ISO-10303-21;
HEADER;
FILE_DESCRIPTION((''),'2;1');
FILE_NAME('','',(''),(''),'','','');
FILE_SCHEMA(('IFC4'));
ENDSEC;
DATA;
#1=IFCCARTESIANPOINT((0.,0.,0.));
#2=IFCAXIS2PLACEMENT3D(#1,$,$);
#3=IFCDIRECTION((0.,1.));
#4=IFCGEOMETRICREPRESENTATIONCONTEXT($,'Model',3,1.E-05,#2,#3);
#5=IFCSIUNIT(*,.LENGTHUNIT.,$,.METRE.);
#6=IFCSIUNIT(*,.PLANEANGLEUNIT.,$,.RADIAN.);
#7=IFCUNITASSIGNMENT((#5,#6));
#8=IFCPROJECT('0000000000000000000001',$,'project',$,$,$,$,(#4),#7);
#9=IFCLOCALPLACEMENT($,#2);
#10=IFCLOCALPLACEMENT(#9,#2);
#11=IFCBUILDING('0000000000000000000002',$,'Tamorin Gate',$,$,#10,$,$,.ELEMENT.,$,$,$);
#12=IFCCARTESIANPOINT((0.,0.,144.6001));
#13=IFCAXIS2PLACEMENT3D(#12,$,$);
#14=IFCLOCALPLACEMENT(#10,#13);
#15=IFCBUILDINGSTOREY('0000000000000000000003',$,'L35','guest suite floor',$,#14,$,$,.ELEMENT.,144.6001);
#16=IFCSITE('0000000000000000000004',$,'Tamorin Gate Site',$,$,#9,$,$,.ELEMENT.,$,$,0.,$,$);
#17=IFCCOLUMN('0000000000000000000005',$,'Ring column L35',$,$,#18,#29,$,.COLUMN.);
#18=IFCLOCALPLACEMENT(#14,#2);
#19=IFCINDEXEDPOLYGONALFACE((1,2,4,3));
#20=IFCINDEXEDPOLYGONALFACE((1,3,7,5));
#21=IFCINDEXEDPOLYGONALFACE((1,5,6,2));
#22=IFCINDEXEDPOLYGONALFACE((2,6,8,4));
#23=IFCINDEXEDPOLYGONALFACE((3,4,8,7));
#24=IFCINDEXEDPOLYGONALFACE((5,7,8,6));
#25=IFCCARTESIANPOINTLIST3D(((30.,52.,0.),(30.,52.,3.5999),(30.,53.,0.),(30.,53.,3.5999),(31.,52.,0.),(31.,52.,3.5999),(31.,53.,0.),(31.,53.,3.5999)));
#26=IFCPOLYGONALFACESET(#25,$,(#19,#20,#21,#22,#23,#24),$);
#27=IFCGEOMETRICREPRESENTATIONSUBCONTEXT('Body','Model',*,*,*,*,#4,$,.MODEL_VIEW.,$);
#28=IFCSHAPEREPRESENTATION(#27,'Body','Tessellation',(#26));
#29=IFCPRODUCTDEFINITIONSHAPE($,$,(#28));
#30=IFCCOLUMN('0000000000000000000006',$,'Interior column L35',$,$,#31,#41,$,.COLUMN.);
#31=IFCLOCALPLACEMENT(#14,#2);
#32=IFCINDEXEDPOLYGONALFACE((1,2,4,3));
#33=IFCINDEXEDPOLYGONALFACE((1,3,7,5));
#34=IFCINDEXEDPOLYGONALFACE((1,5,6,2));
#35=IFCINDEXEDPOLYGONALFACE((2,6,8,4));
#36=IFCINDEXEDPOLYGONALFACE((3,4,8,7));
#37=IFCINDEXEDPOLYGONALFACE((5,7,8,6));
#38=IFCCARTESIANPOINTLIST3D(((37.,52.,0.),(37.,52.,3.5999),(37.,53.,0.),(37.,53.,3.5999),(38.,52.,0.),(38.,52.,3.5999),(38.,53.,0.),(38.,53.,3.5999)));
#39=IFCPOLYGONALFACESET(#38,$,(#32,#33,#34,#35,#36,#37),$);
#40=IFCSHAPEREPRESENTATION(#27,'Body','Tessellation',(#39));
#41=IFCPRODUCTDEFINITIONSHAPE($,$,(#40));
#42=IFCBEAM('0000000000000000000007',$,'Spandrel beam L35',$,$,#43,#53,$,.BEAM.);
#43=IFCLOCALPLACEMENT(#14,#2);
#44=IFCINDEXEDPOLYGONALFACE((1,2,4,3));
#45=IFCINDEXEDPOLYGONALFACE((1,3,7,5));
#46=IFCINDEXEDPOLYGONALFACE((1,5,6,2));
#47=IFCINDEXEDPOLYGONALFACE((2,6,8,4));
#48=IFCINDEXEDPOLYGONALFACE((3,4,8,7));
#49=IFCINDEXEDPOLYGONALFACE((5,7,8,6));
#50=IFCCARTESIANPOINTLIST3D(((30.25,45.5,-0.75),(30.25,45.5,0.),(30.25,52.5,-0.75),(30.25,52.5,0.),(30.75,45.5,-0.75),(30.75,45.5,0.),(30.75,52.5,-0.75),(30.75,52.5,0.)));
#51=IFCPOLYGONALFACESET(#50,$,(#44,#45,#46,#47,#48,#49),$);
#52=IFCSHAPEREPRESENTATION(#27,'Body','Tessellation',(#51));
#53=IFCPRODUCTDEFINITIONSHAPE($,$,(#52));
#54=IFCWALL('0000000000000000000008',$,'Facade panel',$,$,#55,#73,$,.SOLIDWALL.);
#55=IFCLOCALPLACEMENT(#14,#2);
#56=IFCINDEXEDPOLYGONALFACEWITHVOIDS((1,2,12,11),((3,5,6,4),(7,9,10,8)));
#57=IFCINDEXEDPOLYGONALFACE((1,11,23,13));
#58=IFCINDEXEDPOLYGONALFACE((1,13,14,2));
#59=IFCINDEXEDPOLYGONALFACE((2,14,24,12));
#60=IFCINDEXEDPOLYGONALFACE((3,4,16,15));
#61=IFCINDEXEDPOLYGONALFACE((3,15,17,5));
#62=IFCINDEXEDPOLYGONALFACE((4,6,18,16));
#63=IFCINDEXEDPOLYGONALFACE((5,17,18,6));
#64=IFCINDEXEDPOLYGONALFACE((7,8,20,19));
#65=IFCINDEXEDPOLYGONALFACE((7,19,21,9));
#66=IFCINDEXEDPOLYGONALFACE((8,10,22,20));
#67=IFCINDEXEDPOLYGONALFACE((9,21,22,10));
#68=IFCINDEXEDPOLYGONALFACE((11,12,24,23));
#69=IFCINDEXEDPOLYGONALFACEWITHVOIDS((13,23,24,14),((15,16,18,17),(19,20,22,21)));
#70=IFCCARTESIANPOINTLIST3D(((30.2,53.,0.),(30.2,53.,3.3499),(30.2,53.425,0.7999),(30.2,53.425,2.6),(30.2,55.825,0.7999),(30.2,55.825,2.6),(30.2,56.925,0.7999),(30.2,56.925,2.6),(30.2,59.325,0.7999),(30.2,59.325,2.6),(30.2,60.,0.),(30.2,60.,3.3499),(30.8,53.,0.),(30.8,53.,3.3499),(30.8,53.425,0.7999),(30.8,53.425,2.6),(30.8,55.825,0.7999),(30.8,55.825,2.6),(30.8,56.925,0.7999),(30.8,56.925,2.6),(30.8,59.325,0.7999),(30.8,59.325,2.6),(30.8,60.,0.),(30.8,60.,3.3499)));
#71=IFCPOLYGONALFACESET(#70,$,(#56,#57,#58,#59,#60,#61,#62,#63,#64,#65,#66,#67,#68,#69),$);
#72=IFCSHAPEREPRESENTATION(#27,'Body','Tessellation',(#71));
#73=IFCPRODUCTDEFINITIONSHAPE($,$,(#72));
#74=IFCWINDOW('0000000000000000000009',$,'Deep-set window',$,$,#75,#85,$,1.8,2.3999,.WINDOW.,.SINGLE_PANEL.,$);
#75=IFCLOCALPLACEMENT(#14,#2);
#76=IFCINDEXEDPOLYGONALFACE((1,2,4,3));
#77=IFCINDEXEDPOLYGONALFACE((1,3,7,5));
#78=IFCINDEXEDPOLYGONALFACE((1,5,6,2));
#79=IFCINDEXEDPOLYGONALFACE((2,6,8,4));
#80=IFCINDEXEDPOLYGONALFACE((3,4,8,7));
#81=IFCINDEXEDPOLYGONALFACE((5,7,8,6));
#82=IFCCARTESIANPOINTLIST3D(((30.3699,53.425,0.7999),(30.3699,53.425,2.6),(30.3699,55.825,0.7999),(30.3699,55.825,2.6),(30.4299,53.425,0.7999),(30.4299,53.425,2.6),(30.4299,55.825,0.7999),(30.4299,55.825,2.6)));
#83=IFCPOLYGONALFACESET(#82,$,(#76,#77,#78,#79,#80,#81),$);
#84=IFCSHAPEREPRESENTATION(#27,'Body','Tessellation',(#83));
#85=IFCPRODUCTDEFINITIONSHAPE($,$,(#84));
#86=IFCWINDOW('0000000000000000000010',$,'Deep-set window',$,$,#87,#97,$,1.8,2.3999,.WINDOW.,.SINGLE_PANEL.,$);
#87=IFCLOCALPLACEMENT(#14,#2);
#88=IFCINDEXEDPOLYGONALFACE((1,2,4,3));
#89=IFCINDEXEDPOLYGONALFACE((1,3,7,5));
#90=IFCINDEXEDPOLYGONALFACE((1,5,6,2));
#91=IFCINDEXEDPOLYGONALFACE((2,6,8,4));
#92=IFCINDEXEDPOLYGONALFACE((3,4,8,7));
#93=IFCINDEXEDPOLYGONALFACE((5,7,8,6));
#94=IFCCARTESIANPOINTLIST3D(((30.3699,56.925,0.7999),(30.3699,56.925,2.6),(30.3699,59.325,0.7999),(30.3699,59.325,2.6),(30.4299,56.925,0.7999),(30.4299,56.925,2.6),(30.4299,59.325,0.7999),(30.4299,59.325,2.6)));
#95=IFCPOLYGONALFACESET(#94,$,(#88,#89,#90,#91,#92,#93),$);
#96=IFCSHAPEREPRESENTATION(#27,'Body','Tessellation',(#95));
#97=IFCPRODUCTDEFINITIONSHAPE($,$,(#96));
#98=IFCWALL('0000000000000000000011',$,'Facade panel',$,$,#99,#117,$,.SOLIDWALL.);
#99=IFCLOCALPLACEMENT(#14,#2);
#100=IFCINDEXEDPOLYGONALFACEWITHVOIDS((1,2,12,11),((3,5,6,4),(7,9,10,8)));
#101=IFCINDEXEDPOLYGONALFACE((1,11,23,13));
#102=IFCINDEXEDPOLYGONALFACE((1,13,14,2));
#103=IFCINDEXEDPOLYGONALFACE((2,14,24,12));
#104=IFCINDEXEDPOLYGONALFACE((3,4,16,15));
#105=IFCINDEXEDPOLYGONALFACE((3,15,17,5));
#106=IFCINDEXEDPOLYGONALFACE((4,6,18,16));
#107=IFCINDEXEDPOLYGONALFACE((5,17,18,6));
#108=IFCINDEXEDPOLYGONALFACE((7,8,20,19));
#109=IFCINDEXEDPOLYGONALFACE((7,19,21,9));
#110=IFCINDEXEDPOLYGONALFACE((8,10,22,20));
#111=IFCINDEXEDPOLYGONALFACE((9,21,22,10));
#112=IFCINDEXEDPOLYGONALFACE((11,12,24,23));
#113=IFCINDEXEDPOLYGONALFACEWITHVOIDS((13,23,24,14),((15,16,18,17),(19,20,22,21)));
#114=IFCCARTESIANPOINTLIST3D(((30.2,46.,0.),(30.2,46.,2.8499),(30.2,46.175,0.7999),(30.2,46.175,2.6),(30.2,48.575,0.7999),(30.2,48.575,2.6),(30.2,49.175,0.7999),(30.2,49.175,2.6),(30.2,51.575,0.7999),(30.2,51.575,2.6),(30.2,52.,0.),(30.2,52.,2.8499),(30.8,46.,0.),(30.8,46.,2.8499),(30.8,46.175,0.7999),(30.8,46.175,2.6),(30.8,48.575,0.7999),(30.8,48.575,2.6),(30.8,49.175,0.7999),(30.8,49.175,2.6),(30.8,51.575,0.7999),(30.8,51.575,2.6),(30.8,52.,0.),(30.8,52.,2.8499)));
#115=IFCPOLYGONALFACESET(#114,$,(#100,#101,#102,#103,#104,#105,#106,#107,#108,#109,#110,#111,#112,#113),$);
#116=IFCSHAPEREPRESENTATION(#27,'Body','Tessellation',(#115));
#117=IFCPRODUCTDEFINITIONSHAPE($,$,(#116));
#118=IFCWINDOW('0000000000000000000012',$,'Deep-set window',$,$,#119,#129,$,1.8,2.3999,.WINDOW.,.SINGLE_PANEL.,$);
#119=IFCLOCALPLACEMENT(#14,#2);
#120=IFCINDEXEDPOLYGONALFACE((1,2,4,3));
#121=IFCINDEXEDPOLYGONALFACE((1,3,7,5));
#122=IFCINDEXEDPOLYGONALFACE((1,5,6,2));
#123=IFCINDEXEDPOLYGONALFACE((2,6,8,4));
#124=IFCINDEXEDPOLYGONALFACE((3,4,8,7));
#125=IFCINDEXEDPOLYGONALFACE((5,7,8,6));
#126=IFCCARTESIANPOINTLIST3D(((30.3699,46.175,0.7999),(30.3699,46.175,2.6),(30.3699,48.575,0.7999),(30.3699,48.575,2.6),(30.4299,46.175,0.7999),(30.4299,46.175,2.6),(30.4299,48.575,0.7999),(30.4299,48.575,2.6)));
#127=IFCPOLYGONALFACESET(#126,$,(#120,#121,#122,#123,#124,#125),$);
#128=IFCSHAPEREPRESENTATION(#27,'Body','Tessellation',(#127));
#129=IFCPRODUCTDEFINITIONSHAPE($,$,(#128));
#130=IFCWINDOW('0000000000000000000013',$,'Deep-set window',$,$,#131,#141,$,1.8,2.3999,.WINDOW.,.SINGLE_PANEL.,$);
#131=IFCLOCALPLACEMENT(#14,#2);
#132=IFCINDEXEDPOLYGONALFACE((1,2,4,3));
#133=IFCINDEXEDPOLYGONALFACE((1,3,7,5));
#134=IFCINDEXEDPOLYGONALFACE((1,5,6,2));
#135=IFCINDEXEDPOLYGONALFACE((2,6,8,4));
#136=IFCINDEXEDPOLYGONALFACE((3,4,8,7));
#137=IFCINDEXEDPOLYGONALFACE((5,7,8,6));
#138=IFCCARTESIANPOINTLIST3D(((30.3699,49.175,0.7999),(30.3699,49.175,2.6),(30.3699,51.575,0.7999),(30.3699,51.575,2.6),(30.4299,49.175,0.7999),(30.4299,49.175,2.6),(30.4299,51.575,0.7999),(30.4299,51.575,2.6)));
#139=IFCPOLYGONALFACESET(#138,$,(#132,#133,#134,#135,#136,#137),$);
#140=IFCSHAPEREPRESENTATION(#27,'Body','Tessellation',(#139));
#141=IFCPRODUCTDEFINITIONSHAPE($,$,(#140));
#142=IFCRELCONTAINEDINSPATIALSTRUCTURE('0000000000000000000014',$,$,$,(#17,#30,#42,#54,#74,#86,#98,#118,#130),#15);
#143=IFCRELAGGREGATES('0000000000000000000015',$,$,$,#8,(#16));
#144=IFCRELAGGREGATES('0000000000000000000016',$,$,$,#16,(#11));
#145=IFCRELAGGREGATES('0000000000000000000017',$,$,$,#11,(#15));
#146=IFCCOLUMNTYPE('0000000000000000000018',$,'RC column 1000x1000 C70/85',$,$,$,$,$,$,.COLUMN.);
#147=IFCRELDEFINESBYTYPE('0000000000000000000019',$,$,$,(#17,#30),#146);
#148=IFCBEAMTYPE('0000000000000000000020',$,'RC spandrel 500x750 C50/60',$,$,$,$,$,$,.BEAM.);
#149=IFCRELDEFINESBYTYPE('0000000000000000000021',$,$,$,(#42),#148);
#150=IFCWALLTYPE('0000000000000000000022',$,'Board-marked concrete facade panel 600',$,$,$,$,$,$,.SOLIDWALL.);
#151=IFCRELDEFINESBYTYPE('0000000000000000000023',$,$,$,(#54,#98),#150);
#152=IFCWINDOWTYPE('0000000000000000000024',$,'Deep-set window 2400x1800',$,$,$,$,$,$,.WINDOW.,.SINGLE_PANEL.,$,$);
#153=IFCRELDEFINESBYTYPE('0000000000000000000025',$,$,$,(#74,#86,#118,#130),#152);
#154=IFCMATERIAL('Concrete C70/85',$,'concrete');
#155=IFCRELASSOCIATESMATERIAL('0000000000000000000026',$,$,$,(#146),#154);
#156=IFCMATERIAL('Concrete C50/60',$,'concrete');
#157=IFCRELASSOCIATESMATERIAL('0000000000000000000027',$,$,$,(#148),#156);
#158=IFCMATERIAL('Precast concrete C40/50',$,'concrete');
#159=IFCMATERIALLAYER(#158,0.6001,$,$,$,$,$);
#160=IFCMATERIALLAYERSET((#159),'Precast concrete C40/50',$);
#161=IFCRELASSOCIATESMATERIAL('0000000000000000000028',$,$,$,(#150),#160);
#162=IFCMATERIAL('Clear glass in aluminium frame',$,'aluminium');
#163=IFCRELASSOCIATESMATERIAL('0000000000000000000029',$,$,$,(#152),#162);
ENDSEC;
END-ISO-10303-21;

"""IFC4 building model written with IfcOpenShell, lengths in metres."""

from ifc_helpers import new_model, si_unit, direction, frame, frame_2d, origin, origin_2d, place, context, subcontext, project, spatial, rectangle, extrude, material, layer, layer_set, material_profile, profile_set, type_object, element, fill, save


model = new_model("IFC4")

# Units and contexts
model_context = context("Model", 3, precision=1e-05, world=origin(), true_north=direction((0.0, 1.0)))
body_context = subcontext(model_context, "Body", "Model", "MODEL_VIEW")
ifc_project = project(units=[si_unit("LENGTHUNIT", "METRE"), si_unit("PLANEANGLEUNIT", "RADIAN")], contexts=[model_context])

# Site, building, storey
site_placement = place(None, origin())
site = spatial("IfcSite", under=ifc_project, at=site_placement, Name="Tamorin Gate Site", CompositionType="ELEMENT", RefElevation=0.0)
building_placement = place(site_placement, origin())
building = spatial("IfcBuilding", under=site, at=building_placement, Name="Tamorin Gate", CompositionType="ELEMENT")
storey_placement = place(building_placement, frame((0.0, 0.0, 144.6001)))
storey = spatial("IfcBuildingStorey", under=building, at=storey_placement, Name="L35", Description="guest suite floor", CompositionType="ELEMENT", Elevation=144.6001)

# Columns
ifc_material_1 = material(Name="Concrete C70/85", Category="concrete")
ifc_material_profile_1 = material_profile(ifc_material_1, rectangle(XDim=1.0, YDim=1.0, at=origin_2d()), Name="RC 1000x1000")
ifc_profile_set_1 = profile_set([ifc_material_profile_1], Name="Concrete C70/85")
column_type = type_object("IfcColumnType", Name="RC column 1000x1000 C70/85", PredefinedType="COLUMN", material=ifc_profile_set_1)
for number, where, z_axis, x_axis, name in (
    (1, (30.5, 52.5, 0.0), (0.0, 0.0, 1.0), (1.0, 0.0, 0.0), "Ring column L35"),
    (2, (37.5, 52.5, 0.0), (0.0, 0.0, 1.0), (1.0, 0.0, 0.0), "Interior column L35"),
):
    element("IfcColumn", number, at=place(storey_placement, frame(where, z_axis=z_axis, x_axis=x_axis)), inside=storey, type_object=column_type, Name=name, PredefinedType="COLUMN", context=body_context, shape_type="SweptSolid", body=[
        extrude(rectangle(XDim=1.0, YDim=1.0, at=origin_2d()), origin(), (0.0, 0.0, 1.0), 3.5999),
    ])

# Beam
ifc_material_2 = material(Name="Concrete C50/60", Category="concrete")
ifc_material_profile_2 = material_profile(ifc_material_2, rectangle(XDim=0.5, YDim=0.75, at=origin_2d()), Name="RC 500x750")
ifc_profile_set_2 = profile_set([ifc_material_profile_2], Name="Concrete C50/60")
beam_type = type_object("IfcBeamType", Name="RC spandrel 500x750 C50/60", PredefinedType="BEAM", material=ifc_profile_set_2)
beam_placement = place(storey_placement, frame((30.5, 52.5, -0.375), z_axis=(0.0, -1.0, 0.0), x_axis=(1.0, 0.0, 0.0)))
element("IfcBeam", 3, at=beam_placement, inside=storey, type_object=beam_type, Name="Spandrel beam L35", PredefinedType="BEAM", context=body_context, shape_type="SweptSolid", body=[
    extrude(rectangle(XDim=0.5, YDim=0.75, at=origin_2d()), origin(), (0.0, 0.0, 1.0), 7.0),
])

# Walls, openings, windows
ifc_material_3 = material(Name="Precast concrete C40/50", Category="concrete")
ifc_layer_1 = layer(ifc_material_3, 0.6001)
ifc_layer_set_1 = layer_set([ifc_layer_1], Name="Precast concrete C40/50")
wall_type_1 = type_object("IfcWallType", Name="Board-marked concrete facade panel 600", PredefinedType="SOLIDWALL", material=ifc_layer_set_1)
wall_1_placement = place(storey_placement, frame((30.5, 60.0, 0.0), z_axis=(0.0, 0.0, 1.0), x_axis=(0.0, -1.0, 0.0)))
wall_1 = element("IfcWall", 4, at=wall_1_placement, inside=storey, type_object=wall_type_1, Name="Facade panel", PredefinedType="SOLIDWALL", context=body_context, shape_type="SweptSolid", body=[
    extrude(rectangle(XDim=7.0, YDim=0.6001, at=frame_2d((3.5, 0.0))), origin(), (0.0, 0.0, 1.0), 3.3499),
])
opening_1_placement = place(wall_1_placement, frame((4.175, 0.0, 0.8)))
opening_1 = element("IfcOpeningElement", 5, at=opening_1_placement, cuts=wall_1, PredefinedType="OPENING", context=body_context, shape_type="SweptSolid", body=[
    extrude(rectangle(XDim=2.3999, YDim=1.8, at=frame_2d((1.2, 0.8999))), frame((0.0, 0.3101, 0.0), z_axis=(0.0, -1.0, 0.0), x_axis=(1.0, 0.0, 0.0)), (0.0, 0.0, 1.0), 0.6201),
])
opening_2_placement = place(wall_1_placement, frame((0.675, 0.0, 0.8)))
opening_2 = element("IfcOpeningElement", 6, at=opening_2_placement, cuts=wall_1, PredefinedType="OPENING", context=body_context, shape_type="SweptSolid", body=[
    extrude(rectangle(XDim=2.3999, YDim=1.8, at=frame_2d((1.2, 0.8999))), frame((0.0, 0.3101, 0.0), z_axis=(0.0, -1.0, 0.0), x_axis=(1.0, 0.0, 0.0)), (0.0, 0.0, 1.0), 0.6201),
])
ifc_material_4 = material(Name="Clear glass in aluminium frame", Category="aluminium")
window_type = type_object("IfcWindowType", Name="Deep-set window 2400x1800", PartitioningType="SINGLE_PANEL", PredefinedType="WINDOW", material=ifc_material_4)
window_1_placement = place(opening_1_placement, origin())
window_1 = element("IfcWindow", 7, at=window_1_placement, inside=storey, type_object=window_type, Name="Deep-set window", OverallHeight=1.8, OverallWidth=2.3999, PartitioningType="SINGLE_PANEL", PredefinedType="WINDOW", context=body_context, shape_type="SweptSolid", body=[
    extrude(rectangle(XDim=2.3999, YDim=1.8, at=frame_2d((1.2, 0.8999))), frame((0.0, -0.0701, 0.0), z_axis=(0.0, -1.0, 0.0), x_axis=(1.0, 0.0, 0.0)), (0.0, 0.0, 1.0), 0.0601),
])
fill(opening_1, window_1)
window_2_placement = place(opening_2_placement, origin())
window_2 = element("IfcWindow", 8, at=window_2_placement, inside=storey, type_object=window_type, Name="Deep-set window", OverallHeight=1.8, OverallWidth=2.3999, PartitioningType="SINGLE_PANEL", PredefinedType="WINDOW", context=body_context, shape_type="SweptSolid", body=[
    extrude(rectangle(XDim=2.3999, YDim=1.8, at=frame_2d((1.2, 0.8999))), frame((0.0, -0.0701, 0.0), z_axis=(0.0, -1.0, 0.0), x_axis=(1.0, 0.0, 0.0)), (0.0, 0.0, 1.0), 0.0601),
])
fill(opening_2, window_2)
wall_2_placement = place(storey_placement, frame((30.5, 52.0, 0.0), z_axis=(0.0, 0.0, 1.0), x_axis=(0.0, -1.0, 0.0)))
wall_2 = element("IfcWall", 9, at=wall_2_placement, inside=storey, type_object=wall_type_1, Name="Facade panel", PredefinedType="SOLIDWALL", context=body_context, shape_type="SweptSolid", body=[
    extrude(rectangle(XDim=6.0, YDim=0.6001, at=frame_2d((3.0, 0.0))), origin(), (0.0, 0.0, 1.0), 2.8499),
])
opening_3_placement = place(wall_2_placement, frame((3.425, 0.0, 0.8)))
opening_3 = element("IfcOpeningElement", 10, at=opening_3_placement, cuts=wall_2, PredefinedType="OPENING", context=body_context, shape_type="SweptSolid", body=[
    extrude(rectangle(XDim=2.3999, YDim=1.8, at=frame_2d((1.2, 0.8999))), frame((0.0, 0.3101, 0.0), z_axis=(0.0, -1.0, 0.0), x_axis=(1.0, 0.0, 0.0)), (0.0, 0.0, 1.0), 0.6201),
])
opening_4_placement = place(wall_2_placement, frame((0.425, 0.0, 0.8)))
opening_4 = element("IfcOpeningElement", 11, at=opening_4_placement, cuts=wall_2, PredefinedType="OPENING", context=body_context, shape_type="SweptSolid", body=[
    extrude(rectangle(XDim=2.3999, YDim=1.8, at=frame_2d((1.2, 0.8999))), frame((0.0, 0.3101, 0.0), z_axis=(0.0, -1.0, 0.0), x_axis=(1.0, 0.0, 0.0)), (0.0, 0.0, 1.0), 0.6201),
])
window_3_placement = place(opening_3_placement, origin())
window_3 = element("IfcWindow", 12, at=window_3_placement, inside=storey, type_object=window_type, Name="Deep-set window", OverallHeight=1.8, OverallWidth=2.3999, PartitioningType="SINGLE_PANEL", PredefinedType="WINDOW", context=body_context, shape_type="SweptSolid", body=[
    extrude(rectangle(XDim=2.3999, YDim=1.8, at=frame_2d((1.2, 0.8999))), frame((0.0, -0.0701, 0.0), z_axis=(0.0, -1.0, 0.0), x_axis=(1.0, 0.0, 0.0)), (0.0, 0.0, 1.0), 0.0601),
])
fill(opening_3, window_3)
window_4_placement = place(opening_4_placement, origin())
window_4 = element("IfcWindow", 13, at=window_4_placement, inside=storey, type_object=window_type, Name="Deep-set window", OverallHeight=1.8, OverallWidth=2.3999, PartitioningType="SINGLE_PANEL", PredefinedType="WINDOW", context=body_context, shape_type="SweptSolid", body=[
    extrude(rectangle(XDim=2.3999, YDim=1.8, at=frame_2d((1.2, 0.8999))), frame((0.0, -0.0701, 0.0), z_axis=(0.0, -1.0, 0.0), x_axis=(1.0, 0.0, 0.0)), (0.0, 0.0, 1.0), 0.0601),
])
fill(opening_4, window_4)

save(model, "model.ifc")
